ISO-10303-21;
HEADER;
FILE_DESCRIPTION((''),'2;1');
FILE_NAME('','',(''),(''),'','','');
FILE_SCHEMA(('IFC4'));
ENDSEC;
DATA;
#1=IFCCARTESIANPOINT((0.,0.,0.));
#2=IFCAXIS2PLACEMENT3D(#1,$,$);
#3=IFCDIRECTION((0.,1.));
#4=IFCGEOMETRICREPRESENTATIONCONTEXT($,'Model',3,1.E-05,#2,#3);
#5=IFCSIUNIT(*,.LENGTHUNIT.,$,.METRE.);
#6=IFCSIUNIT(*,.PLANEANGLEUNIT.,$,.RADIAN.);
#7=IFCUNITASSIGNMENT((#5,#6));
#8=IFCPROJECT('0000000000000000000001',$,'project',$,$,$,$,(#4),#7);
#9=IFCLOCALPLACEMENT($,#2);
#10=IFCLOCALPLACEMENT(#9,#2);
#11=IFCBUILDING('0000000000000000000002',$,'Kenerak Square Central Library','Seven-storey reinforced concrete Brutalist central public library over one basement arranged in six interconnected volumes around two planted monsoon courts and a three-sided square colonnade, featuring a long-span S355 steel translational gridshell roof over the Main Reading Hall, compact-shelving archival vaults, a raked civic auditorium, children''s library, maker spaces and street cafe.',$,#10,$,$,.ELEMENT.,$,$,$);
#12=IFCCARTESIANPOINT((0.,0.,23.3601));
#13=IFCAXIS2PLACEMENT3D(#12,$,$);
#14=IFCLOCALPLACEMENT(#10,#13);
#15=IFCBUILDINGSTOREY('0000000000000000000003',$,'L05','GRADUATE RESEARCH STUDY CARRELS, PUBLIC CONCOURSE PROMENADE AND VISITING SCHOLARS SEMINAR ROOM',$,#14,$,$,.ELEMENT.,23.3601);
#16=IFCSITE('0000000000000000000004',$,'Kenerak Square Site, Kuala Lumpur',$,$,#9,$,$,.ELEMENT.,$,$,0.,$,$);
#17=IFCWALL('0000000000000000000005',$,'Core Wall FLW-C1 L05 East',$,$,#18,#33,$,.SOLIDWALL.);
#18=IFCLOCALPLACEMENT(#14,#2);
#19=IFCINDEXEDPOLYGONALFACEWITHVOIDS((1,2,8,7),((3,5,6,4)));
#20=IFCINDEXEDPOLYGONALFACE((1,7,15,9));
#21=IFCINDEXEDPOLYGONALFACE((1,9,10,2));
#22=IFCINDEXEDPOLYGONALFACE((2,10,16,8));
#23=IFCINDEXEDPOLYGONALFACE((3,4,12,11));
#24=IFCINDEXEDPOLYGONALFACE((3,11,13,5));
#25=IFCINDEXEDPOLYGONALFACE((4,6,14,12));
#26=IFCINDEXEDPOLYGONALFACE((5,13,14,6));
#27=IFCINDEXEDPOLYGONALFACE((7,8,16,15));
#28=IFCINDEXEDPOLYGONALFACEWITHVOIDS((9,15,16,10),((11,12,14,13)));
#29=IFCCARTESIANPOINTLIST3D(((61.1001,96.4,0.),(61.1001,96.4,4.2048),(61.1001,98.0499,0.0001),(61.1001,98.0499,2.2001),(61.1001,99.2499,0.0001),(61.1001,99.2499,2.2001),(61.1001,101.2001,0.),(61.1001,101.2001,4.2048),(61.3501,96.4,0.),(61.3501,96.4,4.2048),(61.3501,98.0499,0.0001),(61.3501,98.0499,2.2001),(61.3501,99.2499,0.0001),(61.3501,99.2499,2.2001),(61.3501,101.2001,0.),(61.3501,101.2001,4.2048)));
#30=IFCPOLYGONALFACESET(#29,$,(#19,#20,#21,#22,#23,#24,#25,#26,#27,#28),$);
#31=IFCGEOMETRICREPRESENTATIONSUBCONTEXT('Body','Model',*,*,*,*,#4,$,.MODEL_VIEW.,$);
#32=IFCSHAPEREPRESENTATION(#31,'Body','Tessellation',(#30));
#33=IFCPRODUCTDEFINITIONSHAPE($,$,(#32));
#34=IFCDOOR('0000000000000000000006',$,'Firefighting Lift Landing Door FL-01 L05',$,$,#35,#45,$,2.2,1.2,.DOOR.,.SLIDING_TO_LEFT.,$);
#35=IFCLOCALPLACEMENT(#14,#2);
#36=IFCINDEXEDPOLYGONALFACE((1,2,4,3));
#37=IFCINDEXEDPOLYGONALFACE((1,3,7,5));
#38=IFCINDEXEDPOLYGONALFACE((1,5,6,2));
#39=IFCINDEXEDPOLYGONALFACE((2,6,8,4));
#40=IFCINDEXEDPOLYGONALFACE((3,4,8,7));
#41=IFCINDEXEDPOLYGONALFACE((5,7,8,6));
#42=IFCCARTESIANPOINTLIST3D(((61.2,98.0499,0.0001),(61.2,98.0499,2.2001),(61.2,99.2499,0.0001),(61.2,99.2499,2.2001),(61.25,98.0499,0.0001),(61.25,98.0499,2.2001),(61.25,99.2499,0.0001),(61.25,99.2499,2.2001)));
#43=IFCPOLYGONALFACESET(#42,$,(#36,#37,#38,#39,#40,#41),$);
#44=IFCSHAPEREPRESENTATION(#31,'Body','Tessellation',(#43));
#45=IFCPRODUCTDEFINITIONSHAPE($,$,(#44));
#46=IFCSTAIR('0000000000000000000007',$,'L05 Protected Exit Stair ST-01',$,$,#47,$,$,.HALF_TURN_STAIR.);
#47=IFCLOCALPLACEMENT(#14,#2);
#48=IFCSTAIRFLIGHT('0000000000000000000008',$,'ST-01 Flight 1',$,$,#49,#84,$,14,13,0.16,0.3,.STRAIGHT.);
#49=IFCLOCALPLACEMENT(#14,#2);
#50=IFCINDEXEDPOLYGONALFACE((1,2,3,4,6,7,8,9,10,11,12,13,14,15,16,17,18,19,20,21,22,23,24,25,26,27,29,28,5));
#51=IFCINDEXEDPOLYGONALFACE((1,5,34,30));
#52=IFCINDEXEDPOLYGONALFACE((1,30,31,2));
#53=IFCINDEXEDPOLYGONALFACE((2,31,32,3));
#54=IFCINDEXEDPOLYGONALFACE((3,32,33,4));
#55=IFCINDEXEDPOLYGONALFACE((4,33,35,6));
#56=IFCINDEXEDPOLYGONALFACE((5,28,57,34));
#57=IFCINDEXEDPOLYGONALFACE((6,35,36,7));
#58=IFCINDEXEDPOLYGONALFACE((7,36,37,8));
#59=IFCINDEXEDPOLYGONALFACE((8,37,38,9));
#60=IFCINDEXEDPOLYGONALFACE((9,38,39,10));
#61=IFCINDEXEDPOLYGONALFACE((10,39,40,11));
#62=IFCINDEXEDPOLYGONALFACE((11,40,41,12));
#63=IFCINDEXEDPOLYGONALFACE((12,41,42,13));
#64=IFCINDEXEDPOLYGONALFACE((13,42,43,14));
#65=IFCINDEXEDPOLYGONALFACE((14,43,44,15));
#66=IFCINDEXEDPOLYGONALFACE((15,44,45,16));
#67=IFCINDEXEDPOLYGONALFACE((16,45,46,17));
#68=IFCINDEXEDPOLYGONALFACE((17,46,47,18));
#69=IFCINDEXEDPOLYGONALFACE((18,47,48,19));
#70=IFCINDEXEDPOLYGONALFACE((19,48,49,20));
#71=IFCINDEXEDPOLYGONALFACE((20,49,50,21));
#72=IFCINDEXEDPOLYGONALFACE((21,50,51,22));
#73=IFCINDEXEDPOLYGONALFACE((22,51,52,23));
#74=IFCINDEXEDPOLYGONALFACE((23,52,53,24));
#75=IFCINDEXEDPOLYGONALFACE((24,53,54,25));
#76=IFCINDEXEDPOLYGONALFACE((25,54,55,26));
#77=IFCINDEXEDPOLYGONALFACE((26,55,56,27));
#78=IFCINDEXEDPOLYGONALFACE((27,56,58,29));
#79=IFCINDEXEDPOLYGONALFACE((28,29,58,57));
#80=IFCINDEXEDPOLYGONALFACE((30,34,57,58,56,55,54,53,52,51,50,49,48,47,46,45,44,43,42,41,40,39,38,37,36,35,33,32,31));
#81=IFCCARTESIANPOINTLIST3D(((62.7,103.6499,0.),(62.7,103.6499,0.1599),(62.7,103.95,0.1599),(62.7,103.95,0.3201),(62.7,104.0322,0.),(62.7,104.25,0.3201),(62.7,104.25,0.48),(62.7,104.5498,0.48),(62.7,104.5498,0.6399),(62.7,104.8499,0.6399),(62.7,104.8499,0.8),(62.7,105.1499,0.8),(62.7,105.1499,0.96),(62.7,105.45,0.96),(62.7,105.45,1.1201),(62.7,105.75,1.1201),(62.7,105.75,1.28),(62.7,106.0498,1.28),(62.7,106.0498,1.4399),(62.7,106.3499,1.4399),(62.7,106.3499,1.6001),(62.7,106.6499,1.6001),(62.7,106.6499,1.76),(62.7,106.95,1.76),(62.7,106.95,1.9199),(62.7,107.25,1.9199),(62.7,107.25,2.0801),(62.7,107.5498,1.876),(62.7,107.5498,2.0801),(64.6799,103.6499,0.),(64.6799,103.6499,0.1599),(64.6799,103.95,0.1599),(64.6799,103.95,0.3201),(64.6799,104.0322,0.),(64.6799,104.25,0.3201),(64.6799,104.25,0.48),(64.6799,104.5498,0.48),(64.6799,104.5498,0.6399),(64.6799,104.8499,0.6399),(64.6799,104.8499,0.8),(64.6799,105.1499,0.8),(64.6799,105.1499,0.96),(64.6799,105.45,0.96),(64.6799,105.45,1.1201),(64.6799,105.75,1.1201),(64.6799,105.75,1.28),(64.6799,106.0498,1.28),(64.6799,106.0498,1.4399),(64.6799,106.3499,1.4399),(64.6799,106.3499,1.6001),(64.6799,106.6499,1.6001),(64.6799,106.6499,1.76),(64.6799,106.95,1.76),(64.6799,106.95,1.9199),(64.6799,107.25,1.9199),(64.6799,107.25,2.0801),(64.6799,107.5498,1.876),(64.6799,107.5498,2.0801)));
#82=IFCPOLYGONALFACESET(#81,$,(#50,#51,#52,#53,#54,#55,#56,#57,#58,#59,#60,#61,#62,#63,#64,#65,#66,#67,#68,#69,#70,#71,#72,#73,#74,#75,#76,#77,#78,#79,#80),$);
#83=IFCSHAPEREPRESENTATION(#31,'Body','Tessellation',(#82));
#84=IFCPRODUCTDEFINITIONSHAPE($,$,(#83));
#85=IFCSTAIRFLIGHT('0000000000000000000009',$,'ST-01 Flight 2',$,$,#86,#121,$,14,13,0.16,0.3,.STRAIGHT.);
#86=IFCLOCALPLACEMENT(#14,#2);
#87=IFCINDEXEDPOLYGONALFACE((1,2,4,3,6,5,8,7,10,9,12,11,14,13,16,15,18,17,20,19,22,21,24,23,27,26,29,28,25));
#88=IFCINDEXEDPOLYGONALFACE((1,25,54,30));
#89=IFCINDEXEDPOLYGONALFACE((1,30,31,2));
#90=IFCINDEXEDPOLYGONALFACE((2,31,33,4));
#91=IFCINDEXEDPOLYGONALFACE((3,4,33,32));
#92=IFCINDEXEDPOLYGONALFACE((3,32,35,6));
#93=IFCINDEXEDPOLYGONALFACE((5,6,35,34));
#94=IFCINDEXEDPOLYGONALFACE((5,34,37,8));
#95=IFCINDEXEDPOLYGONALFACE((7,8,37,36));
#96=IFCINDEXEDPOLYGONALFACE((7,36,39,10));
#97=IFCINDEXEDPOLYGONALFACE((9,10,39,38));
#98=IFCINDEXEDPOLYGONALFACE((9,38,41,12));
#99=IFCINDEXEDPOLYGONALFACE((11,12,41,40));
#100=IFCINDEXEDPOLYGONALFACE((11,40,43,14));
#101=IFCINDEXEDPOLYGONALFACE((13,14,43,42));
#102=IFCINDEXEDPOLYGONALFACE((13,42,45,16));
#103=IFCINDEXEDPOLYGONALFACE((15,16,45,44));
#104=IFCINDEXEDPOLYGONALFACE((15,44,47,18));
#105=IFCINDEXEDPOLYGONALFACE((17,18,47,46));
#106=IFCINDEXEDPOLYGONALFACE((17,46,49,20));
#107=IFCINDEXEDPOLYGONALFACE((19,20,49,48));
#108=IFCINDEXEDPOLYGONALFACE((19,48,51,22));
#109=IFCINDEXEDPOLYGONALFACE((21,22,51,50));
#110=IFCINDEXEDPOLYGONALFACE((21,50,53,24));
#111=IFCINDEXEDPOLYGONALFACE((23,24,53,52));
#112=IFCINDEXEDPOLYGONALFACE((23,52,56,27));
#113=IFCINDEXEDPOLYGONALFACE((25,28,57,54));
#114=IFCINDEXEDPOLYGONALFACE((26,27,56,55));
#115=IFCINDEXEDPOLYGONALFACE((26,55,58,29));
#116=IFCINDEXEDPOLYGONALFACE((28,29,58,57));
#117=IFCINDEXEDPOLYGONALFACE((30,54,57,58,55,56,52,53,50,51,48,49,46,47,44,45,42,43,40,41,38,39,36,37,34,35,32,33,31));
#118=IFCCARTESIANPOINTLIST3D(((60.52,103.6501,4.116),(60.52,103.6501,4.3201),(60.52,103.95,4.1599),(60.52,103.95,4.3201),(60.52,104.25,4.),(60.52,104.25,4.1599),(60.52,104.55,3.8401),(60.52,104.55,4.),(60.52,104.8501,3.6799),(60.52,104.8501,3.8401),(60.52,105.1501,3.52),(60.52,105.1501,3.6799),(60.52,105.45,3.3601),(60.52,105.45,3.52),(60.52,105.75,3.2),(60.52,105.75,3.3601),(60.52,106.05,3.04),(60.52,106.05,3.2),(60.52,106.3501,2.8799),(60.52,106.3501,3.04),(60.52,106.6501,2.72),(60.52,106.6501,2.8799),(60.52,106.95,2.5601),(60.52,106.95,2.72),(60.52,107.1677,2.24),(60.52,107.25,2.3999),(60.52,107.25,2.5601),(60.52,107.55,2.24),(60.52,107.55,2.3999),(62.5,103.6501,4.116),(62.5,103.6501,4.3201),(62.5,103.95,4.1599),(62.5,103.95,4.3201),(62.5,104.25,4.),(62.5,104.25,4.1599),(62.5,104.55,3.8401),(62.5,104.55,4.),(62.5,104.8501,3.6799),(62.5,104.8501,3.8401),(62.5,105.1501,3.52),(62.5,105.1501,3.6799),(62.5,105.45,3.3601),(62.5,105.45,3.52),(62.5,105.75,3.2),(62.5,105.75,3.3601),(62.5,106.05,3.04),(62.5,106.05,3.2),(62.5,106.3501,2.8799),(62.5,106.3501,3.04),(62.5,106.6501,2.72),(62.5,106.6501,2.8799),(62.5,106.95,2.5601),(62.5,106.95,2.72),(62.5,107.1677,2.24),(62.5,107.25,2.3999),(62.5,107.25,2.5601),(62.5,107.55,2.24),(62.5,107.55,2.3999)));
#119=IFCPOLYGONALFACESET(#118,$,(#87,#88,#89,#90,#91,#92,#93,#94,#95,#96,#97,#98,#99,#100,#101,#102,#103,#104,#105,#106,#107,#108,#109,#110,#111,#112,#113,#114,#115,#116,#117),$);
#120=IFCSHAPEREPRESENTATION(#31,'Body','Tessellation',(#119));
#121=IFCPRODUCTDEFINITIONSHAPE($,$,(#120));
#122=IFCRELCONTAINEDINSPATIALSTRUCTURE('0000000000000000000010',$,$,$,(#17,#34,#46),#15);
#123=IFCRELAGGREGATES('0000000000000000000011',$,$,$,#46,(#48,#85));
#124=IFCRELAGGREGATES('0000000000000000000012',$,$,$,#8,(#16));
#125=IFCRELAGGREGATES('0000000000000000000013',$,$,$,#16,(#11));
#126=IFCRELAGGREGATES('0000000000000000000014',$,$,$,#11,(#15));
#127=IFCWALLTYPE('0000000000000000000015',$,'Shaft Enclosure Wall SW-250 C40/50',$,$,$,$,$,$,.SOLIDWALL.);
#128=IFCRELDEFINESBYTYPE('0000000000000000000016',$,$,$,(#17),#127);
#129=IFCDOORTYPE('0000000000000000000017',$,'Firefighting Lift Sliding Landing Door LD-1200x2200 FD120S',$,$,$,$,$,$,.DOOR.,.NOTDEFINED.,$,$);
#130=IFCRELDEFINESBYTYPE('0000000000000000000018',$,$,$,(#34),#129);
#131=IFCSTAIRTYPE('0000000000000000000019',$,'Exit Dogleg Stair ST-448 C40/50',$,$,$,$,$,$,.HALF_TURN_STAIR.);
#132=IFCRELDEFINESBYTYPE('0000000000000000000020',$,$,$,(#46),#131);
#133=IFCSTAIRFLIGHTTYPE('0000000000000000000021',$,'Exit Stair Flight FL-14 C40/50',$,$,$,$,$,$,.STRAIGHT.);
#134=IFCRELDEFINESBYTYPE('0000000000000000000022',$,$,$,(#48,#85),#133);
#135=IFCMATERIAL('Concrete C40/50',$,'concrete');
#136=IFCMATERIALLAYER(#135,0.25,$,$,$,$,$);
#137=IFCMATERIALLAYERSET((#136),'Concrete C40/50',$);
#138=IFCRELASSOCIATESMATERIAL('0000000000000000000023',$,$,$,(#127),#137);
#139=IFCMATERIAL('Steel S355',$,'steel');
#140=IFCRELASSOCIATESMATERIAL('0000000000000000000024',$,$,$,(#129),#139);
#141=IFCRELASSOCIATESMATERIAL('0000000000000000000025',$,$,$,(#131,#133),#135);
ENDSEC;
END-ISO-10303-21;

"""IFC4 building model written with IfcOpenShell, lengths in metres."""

from ifc_helpers import new_model, si_unit, direction, frame, frame_2d, origin, place, context, subcontext, project, spatial, polyline, rectangle, outline, extrude, material, layer, layer_set, type_object, element, fill, aggregate, save


model = new_model("IFC4")

# Units and contexts
model_context = context("Model", 3, precision=1e-05, world=origin(), true_north=direction((0.0, 1.0)))
body_context = subcontext(model_context, "Body", "Model", "MODEL_VIEW")
ifc_project = project(units=[si_unit("LENGTHUNIT", "METRE"), si_unit("PLANEANGLEUNIT", "RADIAN")], contexts=[model_context])

# Site, building, storey
site_placement = place(None, origin())
site = spatial("IfcSite", under=ifc_project, at=site_placement, Name="Kenerak Square Site, Kuala Lumpur", CompositionType="ELEMENT", RefElevation=0.0)
building_placement = place(site_placement, origin())
building = spatial("IfcBuilding", under=site, at=building_placement, Name="Kenerak Square Central Library", Description="Seven-storey reinforced concrete Brutalist central public library over one basement arranged in six interconnected volumes around two planted monsoon courts and a three-sided square colonnade, featuring a long-span S355 steel translational gridshell roof over the Main Reading Hall, compact-shelving archival vaults, a raked civic auditorium, children's library, maker spaces and street cafe.", CompositionType="ELEMENT")
storey_placement = place(building_placement, frame((0.0, 0.0, 23.3601)))
storey = spatial("IfcBuildingStorey", under=building, at=storey_placement, Name="L05", Description="GRADUATE RESEARCH STUDY CARRELS, PUBLIC CONCOURSE PROMENADE AND VISITING SCHOLARS SEMINAR ROOM", CompositionType="ELEMENT", Elevation=23.3601)

# Shared definitions
ifc_material_1 = material(Name="Concrete C40/50", Category="concrete")

# Shared definitions
ifc_material_2 = material(Name="Steel S355", Category="steel")

# Wall, opening, door
ifc_layer_1 = layer(ifc_material_1, 0.25)
ifc_layer_set_1 = layer_set([ifc_layer_1], Name="Concrete C40/50")
wall_type_1 = type_object("IfcWallType", Name="Shaft Enclosure Wall SW-250 C40/50", PredefinedType="SOLIDWALL", material=ifc_layer_set_1)
wall_1_placement = place(storey_placement, frame((61.2251, 101.2, 0.0), z_axis=(0.0, 0.0, 1.0), x_axis=(0.0, -1.0, 0.0)))
wall_1 = element("IfcWall", 1, at=wall_1_placement, inside=storey, type_object=wall_type_1, Name="Core Wall FLW-C1 L05 East", PredefinedType="SOLIDWALL", context=body_context, shape_type="SweptSolid", body=[
    extrude(rectangle(XDim=4.8, YDim=0.25, at=frame_2d((2.3999, 0.0))), origin(), (0.0, 0.0, 1.0), 4.2048),
])
opening_1_placement = place(wall_1_placement, frame((1.95, 0.0, 0.0)))
opening_1 = element("IfcOpeningElement", 2, at=opening_1_placement, cuts=wall_1, PredefinedType="OPENING", context=body_context, shape_type="SweptSolid", body=[
    extrude(rectangle(XDim=1.2, YDim=2.2, at=frame_2d((0.6001, 1.1001))), frame((0.0, 0.135, 0.0), z_axis=(0.0, -1.0, 0.0), x_axis=(1.0, 0.0, 0.0)), (0.0, 0.0, 1.0), 0.27),
])
door_type_1 = type_object("IfcDoorType", Name="Firefighting Lift Sliding Landing Door LD-1200x2200 FD120S", OperationType="NOTDEFINED", PredefinedType="DOOR", material=ifc_material_2)
door_1_placement = place(opening_1_placement, origin())
door_1 = element("IfcDoor", 3, at=door_1_placement, inside=storey, type_object=door_type_1, Name="Firefighting Lift Landing Door FL-01 L05", OperationType="SLIDING_TO_LEFT", OverallHeight=2.2, OverallWidth=1.2, PredefinedType="DOOR", context=body_context, shape_type="SweptSolid", body=[
    extrude(rectangle(XDim=1.2, YDim=2.2, at=frame_2d((0.6001, 1.1001))), frame((0.0, 0.0249, 0.0), z_axis=(0.0, -1.0, 0.0), x_axis=(1.0, 0.0, 0.0)), (0.0, 0.0, 1.0), 0.05),
])
fill(opening_1, door_1)

# Stair, stair flights
stair_type = type_object("IfcStairType", Name="Exit Dogleg Stair ST-448 C40/50", PredefinedType="HALF_TURN_STAIR", material=ifc_material_1)
stair_placement = place(storey_placement, origin())
stair = element("IfcStair", 4, at=stair_placement, inside=storey, type_object=stair_type, Name="L05 Protected Exit Stair ST-01", PredefinedType="HALF_TURN_STAIR")
stair_flight_type = type_object("IfcStairFlightType", Name="Exit Stair Flight FL-14 C40/50", PredefinedType="STRAIGHT", material=ifc_material_1)
stair_flight_1_placement = place(storey_placement, frame((63.6899, 103.6499, 0.0), z_axis=(0.0, 0.0, 1.0), x_axis=(0.0, 1.0, 0.0)))
stair_flight_1 = element("IfcStairFlight", 5, at=stair_flight_1_placement, type_object=stair_flight_type, Name="ST-01 Flight 1", NumberOfRisers=14, NumberOfTreads=13, PredefinedType="STRAIGHT", RiserHeight=0.16, TreadLength=0.3, context=body_context, shape_type="SweptSolid", body=[
    extrude(outline(polyline([(0.0, 0.0), (0.0, 0.1599), (0.3, 0.1599), (0.3, 0.3201), (0.6001, 0.3201), (0.6001, 0.48), (0.8999, 0.48), (0.8999, 0.6399), (1.2, 0.6399), (1.2, 0.8), (1.5, 0.8), (1.5, 0.96), (1.8, 0.96), (1.8, 1.1201), (2.1001, 1.1201), (2.1001, 1.28), (2.3999, 1.28), (2.3999, 1.4399), (2.7, 1.4399), (2.7, 1.6001), (3.0, 1.6001), (3.0, 1.76), (3.3, 1.76), (3.3, 1.9199), (3.6001, 1.9199), (3.6001, 2.0801), (3.8999, 2.0801), (3.8999, 2.24), (3.8999, 1.876), (0.3823, 0.0), (0.0, 0.0)])), frame((0.0, 0.99, 0.0), z_axis=(0.0, -1.0, 0.0), x_axis=(1.0, 0.0, 0.0)), (0.0, 0.0, 1.0), 1.98),
])
stair_flight_2_placement = place(storey_placement, frame((61.51, 107.55, 2.24), z_axis=(0.0, 0.0, 1.0), x_axis=(0.0, -1.0, 0.0)))
stair_flight_2 = element("IfcStairFlight", 6, at=stair_flight_2_placement, type_object=stair_flight_type, Name="ST-01 Flight 2", NumberOfRisers=14, NumberOfTreads=13, PredefinedType="STRAIGHT", RiserHeight=0.16, TreadLength=0.3, context=body_context, shape_type="SweptSolid", body=[
    extrude(outline(polyline([(0.0, 0.0), (0.0, 0.1599), (0.3, 0.1599), (0.3, 0.3201), (0.6001, 0.3201), (0.6001, 0.48), (0.8999, 0.48), (0.8999, 0.6399), (1.2, 0.6399), (1.2, 0.8), (1.5, 0.8), (1.5, 0.96), (1.8, 0.96), (1.8, 1.1201), (2.1001, 1.1201), (2.1001, 1.28), (2.3999, 1.28), (2.3999, 1.4399), (2.7, 1.4399), (2.7, 1.6001), (3.0, 1.6001), (3.0, 1.76), (3.3, 1.76), (3.3, 1.9199), (3.6001, 1.9199), (3.6001, 2.0801), (3.8999, 2.0801), (3.8999, 2.24), (3.8999, 1.876), (0.3823, 0.0), (0.0, 0.0)])), frame((0.0, 0.99, 0.0), z_axis=(0.0, -1.0, 0.0), x_axis=(1.0, 0.0, 0.0)), (0.0, 0.0, 1.0), 1.98),
])
aggregate(stair, [stair_flight_1, stair_flight_2])

save(model, "model.ifc")
